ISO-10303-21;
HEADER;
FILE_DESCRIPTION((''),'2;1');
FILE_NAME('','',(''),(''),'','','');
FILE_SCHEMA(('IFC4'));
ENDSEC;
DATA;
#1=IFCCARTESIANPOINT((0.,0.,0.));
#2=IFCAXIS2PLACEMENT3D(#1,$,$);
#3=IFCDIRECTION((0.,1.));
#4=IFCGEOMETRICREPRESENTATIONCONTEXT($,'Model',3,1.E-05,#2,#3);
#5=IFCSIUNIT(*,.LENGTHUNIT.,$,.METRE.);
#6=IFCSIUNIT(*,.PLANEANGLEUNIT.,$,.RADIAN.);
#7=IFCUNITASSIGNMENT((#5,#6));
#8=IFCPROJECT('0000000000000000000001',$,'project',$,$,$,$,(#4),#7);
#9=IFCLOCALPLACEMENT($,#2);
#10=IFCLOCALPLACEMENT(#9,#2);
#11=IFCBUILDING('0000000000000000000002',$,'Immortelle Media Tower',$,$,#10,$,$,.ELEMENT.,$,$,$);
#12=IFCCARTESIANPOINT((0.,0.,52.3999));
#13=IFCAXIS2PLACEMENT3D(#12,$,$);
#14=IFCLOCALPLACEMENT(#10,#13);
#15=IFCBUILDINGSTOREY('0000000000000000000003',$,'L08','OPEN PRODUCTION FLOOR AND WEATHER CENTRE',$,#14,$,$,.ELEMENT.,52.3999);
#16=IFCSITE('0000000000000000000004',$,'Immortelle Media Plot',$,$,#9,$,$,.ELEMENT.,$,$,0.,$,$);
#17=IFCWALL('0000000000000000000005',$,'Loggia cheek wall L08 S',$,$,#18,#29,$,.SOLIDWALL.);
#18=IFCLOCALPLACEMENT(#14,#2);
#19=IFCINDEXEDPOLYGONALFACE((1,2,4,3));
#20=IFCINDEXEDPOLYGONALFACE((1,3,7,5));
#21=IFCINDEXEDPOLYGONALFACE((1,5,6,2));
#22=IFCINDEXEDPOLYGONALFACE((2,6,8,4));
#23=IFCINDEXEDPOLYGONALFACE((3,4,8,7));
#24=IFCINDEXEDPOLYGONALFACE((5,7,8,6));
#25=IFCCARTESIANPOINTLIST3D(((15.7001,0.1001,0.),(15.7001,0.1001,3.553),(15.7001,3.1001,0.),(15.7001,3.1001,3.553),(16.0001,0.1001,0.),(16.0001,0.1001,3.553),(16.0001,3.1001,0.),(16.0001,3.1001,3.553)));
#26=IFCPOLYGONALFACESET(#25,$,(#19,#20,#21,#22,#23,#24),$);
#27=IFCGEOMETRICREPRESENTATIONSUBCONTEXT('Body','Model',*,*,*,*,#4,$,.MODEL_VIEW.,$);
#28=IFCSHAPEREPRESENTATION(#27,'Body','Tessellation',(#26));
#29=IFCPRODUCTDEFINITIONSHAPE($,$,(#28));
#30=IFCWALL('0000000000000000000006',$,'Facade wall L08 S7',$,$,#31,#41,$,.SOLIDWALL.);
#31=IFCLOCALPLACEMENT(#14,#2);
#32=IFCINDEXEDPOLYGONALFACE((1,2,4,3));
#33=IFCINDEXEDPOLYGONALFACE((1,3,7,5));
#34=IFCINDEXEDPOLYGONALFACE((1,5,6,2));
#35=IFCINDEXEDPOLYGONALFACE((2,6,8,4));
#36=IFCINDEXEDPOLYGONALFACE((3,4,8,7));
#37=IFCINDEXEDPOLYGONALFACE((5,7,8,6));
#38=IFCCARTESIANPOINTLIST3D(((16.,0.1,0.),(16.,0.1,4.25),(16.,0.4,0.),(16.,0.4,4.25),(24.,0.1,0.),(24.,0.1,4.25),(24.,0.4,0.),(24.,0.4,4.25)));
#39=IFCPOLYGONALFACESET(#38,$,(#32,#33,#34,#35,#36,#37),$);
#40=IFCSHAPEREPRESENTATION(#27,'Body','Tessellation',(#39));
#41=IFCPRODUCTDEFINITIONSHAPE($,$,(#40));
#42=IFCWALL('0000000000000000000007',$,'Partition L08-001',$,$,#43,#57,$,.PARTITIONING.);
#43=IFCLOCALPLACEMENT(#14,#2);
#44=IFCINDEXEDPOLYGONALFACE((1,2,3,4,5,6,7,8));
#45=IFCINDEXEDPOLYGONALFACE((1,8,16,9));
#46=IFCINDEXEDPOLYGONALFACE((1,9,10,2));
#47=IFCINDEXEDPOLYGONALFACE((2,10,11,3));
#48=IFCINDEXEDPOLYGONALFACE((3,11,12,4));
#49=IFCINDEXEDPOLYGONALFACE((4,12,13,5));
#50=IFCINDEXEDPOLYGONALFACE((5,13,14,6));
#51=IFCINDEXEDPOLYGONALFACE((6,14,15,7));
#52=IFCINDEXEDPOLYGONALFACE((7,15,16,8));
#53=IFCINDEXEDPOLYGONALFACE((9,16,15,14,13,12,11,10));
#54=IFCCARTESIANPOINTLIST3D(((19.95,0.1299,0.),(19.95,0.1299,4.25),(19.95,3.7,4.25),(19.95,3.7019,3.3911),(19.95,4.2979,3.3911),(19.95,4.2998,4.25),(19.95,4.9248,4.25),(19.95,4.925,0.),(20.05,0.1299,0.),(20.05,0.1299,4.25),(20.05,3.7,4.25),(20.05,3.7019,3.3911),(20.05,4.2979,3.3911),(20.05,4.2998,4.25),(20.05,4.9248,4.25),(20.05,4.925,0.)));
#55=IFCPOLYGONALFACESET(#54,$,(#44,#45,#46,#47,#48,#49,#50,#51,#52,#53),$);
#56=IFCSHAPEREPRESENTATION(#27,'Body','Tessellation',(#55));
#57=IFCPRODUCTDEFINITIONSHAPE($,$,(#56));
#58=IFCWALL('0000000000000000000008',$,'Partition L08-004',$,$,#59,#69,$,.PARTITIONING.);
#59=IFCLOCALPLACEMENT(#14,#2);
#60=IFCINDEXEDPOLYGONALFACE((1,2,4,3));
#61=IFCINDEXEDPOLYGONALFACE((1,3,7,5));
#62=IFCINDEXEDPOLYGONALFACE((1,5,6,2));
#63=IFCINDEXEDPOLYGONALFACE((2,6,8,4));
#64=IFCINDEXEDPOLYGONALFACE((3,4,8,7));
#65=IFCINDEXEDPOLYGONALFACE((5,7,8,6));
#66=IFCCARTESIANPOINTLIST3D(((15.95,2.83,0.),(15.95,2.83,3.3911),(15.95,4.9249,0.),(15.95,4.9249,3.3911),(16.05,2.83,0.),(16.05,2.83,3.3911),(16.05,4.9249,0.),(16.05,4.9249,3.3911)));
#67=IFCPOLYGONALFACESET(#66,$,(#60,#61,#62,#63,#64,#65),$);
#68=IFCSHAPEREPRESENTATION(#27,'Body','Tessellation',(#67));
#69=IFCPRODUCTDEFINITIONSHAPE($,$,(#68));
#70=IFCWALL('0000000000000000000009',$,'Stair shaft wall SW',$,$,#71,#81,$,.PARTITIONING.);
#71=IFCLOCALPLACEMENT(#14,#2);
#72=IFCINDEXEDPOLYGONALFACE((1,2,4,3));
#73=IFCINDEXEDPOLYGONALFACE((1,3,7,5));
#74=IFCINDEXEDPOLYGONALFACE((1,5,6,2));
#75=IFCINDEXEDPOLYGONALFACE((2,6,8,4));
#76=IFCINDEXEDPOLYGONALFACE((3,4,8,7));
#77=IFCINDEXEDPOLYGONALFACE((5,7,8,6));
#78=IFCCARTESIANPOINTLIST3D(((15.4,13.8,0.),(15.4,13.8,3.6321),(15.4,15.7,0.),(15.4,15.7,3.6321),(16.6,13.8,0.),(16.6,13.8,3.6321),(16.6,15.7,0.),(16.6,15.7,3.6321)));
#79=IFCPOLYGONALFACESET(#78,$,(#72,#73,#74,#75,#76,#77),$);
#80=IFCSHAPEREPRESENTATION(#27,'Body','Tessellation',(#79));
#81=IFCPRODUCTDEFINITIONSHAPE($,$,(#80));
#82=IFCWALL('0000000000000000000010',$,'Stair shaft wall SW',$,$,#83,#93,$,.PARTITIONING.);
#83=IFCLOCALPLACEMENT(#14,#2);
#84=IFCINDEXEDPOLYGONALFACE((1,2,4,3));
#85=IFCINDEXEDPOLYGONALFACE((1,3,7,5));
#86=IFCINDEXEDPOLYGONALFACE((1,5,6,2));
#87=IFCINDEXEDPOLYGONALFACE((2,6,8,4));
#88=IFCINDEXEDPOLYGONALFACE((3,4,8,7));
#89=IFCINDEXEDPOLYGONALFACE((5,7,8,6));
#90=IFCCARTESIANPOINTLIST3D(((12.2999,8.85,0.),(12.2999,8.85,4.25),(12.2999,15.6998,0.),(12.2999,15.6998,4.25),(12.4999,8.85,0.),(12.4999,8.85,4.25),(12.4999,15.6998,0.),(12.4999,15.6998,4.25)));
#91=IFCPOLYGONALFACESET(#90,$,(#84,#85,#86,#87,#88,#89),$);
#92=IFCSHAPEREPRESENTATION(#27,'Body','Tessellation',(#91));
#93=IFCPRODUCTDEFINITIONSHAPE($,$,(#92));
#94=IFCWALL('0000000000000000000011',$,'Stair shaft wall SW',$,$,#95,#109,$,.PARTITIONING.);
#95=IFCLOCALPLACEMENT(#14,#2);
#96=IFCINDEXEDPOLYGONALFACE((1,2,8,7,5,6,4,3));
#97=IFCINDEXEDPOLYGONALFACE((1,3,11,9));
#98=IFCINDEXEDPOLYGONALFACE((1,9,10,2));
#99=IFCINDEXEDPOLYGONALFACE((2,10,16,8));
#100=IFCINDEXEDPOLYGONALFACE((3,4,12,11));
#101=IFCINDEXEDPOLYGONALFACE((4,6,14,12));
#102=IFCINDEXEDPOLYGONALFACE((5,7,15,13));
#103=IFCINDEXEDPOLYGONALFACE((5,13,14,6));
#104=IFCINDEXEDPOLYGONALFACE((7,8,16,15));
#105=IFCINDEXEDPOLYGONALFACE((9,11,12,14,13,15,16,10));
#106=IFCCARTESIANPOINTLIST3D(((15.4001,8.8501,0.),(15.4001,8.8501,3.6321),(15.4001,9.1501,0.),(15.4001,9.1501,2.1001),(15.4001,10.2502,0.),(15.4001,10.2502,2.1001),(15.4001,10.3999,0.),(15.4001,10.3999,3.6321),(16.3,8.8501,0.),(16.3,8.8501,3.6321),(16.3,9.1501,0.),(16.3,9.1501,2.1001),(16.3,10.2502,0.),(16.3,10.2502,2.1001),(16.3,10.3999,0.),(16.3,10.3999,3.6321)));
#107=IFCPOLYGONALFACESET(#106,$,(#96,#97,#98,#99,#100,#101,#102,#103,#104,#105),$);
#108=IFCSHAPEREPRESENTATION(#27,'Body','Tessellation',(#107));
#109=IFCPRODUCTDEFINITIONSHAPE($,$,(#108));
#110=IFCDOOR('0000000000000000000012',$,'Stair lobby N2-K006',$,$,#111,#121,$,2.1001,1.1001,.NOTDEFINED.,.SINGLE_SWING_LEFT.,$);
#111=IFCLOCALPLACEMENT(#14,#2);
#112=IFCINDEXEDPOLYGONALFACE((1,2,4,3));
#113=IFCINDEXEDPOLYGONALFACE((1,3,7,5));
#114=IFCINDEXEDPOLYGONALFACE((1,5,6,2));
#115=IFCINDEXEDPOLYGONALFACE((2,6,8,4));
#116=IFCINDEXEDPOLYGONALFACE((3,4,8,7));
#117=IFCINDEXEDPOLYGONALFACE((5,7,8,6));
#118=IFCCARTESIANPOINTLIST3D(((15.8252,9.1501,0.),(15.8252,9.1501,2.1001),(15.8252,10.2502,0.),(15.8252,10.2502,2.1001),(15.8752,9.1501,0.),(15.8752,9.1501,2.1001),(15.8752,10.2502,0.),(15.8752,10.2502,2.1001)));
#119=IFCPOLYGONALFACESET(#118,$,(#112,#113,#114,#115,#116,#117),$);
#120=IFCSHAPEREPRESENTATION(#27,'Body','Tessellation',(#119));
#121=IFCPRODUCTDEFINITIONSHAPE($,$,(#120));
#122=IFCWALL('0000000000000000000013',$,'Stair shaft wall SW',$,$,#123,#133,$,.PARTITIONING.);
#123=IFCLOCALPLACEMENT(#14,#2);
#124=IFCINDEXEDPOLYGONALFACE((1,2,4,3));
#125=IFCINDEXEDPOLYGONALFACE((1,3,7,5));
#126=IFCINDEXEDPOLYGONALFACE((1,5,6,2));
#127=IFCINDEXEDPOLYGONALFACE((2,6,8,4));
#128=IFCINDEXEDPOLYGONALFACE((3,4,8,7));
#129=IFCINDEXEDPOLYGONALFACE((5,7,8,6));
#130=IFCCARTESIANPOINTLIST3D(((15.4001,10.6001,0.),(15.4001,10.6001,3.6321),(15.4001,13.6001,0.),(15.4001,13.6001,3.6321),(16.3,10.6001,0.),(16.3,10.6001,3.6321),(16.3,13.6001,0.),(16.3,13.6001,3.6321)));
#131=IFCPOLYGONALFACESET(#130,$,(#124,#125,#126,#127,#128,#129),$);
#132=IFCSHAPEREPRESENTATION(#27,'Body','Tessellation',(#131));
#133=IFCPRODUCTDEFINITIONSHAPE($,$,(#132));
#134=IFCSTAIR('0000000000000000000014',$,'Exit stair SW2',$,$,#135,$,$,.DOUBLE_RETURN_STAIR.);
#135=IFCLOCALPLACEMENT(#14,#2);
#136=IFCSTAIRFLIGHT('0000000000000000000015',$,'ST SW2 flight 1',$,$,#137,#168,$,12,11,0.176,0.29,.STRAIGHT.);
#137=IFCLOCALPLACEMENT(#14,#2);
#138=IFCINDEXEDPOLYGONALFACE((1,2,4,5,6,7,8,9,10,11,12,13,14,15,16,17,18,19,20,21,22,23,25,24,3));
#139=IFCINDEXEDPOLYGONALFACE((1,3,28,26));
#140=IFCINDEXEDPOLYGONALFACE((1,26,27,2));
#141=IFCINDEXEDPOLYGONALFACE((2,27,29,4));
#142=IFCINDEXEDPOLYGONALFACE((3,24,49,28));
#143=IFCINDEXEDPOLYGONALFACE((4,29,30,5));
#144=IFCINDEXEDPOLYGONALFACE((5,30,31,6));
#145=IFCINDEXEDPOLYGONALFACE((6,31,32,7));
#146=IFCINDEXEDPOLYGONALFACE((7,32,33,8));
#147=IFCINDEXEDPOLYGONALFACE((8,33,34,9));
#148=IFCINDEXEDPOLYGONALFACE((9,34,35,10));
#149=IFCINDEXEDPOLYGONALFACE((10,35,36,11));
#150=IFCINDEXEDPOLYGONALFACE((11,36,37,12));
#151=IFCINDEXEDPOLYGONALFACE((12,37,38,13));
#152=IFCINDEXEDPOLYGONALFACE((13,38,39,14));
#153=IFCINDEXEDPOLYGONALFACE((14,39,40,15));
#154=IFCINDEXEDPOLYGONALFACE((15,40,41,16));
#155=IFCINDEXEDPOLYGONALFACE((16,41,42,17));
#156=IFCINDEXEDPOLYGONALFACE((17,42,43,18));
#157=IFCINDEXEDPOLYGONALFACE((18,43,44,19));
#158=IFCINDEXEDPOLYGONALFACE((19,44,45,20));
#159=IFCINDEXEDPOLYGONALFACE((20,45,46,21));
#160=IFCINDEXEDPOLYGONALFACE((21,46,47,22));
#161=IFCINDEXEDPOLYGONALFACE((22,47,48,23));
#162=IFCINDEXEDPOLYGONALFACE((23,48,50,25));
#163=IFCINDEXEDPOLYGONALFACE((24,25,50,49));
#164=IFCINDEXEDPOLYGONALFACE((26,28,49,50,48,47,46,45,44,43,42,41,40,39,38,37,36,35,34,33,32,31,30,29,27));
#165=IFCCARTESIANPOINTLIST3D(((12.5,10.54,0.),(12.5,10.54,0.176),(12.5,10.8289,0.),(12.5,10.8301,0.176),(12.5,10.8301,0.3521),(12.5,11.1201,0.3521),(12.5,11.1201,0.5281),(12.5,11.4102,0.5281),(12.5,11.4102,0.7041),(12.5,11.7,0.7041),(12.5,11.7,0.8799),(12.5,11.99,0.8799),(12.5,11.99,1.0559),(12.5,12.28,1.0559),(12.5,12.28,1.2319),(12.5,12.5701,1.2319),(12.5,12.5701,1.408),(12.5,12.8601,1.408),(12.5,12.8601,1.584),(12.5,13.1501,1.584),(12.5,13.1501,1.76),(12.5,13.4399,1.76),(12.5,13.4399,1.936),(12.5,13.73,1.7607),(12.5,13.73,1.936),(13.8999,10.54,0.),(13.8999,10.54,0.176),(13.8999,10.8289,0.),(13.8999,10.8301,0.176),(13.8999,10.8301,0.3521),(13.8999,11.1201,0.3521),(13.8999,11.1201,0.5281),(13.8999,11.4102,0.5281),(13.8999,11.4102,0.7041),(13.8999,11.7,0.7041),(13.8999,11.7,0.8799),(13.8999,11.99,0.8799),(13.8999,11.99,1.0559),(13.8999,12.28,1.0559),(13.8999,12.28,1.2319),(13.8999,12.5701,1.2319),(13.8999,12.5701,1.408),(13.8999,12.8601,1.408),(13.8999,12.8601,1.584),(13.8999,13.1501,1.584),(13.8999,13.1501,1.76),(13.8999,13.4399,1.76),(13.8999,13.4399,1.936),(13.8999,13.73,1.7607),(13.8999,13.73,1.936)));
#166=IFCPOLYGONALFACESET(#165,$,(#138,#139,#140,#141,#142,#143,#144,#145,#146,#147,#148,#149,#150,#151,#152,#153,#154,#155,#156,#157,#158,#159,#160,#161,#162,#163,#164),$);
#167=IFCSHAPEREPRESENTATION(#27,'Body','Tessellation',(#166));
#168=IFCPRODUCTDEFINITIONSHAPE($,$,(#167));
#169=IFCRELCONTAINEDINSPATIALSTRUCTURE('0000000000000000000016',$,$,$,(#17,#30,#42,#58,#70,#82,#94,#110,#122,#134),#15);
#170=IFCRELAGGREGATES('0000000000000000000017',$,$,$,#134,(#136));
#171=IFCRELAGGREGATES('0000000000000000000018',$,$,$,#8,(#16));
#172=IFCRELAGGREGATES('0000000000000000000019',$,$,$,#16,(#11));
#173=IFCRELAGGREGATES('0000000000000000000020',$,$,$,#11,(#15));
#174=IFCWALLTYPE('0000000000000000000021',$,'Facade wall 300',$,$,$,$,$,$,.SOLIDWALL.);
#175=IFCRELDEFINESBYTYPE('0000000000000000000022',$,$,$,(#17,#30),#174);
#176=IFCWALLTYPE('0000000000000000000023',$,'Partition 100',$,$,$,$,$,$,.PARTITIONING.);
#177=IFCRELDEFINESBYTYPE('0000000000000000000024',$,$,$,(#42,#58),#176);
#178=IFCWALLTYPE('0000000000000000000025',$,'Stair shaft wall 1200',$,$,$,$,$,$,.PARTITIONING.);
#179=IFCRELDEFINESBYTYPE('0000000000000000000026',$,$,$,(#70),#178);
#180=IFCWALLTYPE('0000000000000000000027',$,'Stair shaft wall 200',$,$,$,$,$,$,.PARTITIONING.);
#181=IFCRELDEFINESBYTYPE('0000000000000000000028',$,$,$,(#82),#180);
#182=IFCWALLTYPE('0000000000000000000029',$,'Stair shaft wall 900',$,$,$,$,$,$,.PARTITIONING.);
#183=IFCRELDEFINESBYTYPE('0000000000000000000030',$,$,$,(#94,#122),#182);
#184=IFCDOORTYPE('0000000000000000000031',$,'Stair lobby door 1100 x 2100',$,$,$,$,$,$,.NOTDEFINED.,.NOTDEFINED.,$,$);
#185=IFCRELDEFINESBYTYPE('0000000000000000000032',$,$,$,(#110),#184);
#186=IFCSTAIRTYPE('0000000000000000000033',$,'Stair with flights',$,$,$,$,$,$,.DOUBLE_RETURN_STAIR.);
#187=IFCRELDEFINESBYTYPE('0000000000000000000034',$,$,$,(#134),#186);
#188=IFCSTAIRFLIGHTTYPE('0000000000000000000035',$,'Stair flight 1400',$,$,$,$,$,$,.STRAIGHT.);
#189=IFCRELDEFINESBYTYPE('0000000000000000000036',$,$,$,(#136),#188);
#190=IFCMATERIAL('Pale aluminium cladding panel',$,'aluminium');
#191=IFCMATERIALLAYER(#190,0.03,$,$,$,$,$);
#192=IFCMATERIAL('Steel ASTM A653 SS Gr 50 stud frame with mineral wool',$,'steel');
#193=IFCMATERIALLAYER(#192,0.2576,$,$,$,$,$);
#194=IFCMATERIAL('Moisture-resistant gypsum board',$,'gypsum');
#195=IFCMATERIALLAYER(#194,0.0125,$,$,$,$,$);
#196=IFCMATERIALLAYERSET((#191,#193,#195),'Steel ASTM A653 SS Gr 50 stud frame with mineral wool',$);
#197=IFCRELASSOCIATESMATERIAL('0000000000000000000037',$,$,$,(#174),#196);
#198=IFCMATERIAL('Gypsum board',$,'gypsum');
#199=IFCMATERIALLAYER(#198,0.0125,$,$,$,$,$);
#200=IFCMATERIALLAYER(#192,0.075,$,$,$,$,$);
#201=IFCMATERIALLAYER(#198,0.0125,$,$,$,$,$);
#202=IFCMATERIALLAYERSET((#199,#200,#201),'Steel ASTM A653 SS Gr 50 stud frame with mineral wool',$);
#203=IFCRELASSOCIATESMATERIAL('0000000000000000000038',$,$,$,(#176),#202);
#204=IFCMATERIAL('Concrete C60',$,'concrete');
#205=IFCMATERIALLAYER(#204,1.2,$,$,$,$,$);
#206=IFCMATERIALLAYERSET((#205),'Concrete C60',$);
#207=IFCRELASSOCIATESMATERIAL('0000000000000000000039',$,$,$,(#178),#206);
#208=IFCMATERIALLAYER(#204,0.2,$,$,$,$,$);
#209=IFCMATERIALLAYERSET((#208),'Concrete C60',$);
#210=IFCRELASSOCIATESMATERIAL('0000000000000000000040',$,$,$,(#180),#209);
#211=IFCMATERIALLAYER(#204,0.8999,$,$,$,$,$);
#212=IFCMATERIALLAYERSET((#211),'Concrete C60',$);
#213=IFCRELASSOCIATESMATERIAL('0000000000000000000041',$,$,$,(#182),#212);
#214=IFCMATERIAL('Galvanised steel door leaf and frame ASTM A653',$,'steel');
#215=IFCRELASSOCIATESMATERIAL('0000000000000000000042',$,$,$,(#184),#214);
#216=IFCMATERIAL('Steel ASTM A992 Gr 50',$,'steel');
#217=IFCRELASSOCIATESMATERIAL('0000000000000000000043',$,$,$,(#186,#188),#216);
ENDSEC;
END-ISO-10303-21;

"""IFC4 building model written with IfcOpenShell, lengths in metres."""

from ifc_helpers import new_model, si_unit, direction, frame, frame_2d, origin, place, context, subcontext, project, spatial, polyline, rectangle, outline, extrude, material, layer, layer_set, type_object, element, fill, aggregate, save


model = new_model("IFC4")

# Units and contexts
model_context = context("Model", 3, precision=1e-05, world=origin(), true_north=direction((0.0, 1.0)))
body_context = subcontext(model_context, "Body", "Model", "MODEL_VIEW")
ifc_project = project(units=[si_unit("LENGTHUNIT", "METRE"), si_unit("PLANEANGLEUNIT", "RADIAN")], contexts=[model_context])

# Site, building, storey
site_placement = place(None, origin())
site = spatial("IfcSite", under=ifc_project, at=site_placement, Name="Immortelle Media Plot", CompositionType="ELEMENT", RefElevation=0.0)
building_placement = place(site_placement, origin())
building = spatial("IfcBuilding", under=site, at=building_placement, Name="Immortelle Media Tower", CompositionType="ELEMENT")
storey_placement = place(building_placement, frame((0.0, 0.0, 52.3999)))
storey = spatial("IfcBuildingStorey", under=building, at=storey_placement, Name="L08", Description="OPEN PRODUCTION FLOOR AND WEATHER CENTRE", CompositionType="ELEMENT", Elevation=52.3999)

# Shared definitions
ifc_material_1 = material(Name="Steel ASTM A992 Gr 50", Category="steel")

# Shared definitions
ifc_material_2 = material(Name="Steel ASTM A653 SS Gr 50 stud frame with mineral wool", Category="steel")

# Walls
ifc_material_3 = material(Name="Pale aluminium cladding panel", Category="aluminium")
ifc_layer_1 = layer(ifc_material_3, 0.03)
ifc_layer_2 = layer(ifc_material_2, 0.2576)
ifc_material_4 = material(Name="Moisture-resistant gypsum board", Category="gypsum")
ifc_layer_3 = layer(ifc_material_4, 0.0125)
ifc_layer_set_1 = layer_set([ifc_layer_1, ifc_layer_2, ifc_layer_3], Name="Steel ASTM A653 SS Gr 50 stud frame with mineral wool")
wall_type_1 = type_object("IfcWallType", Name="Facade wall 300", PredefinedType="SOLIDWALL", material=ifc_layer_set_1)
wall_1_placement = place(storey_placement, frame((15.8501, 0.1001, 0.0), z_axis=(0.0, 0.0, 1.0), x_axis=(0.0, 1.0, 0.0)))
element("IfcWall", 1, at=wall_1_placement, inside=storey, type_object=wall_type_1, Name="Loggia cheek wall L08 S", PredefinedType="SOLIDWALL", context=body_context, shape_type="SweptSolid", body=[
    extrude(rectangle(XDim=3.0, YDim=0.3, at=frame_2d((1.5, 0.0))), origin(), (0.0, 0.0, 1.0), 3.553),
])
wall_2_placement = place(storey_placement, frame((16.0, 0.25, 0.0), z_axis=(0.0, 0.0, 1.0), x_axis=(1.0, 0.0, 0.0)))
element("IfcWall", 2, at=wall_2_placement, inside=storey, type_object=wall_type_1, Name="Facade wall L08 S7", PredefinedType="SOLIDWALL", context=body_context, shape_type="SweptSolid", body=[
    extrude(rectangle(XDim=8.0, YDim=0.3, at=frame_2d((4.0, 0.0))), origin(), (0.0, 0.0, 1.0), 4.25),
])
ifc_material_5 = material(Name="Gypsum board", Category="gypsum")
ifc_layer_4 = layer(ifc_material_5, 0.0125)
ifc_layer_5 = layer(ifc_material_2, 0.075)
ifc_layer_6 = layer(ifc_material_5, 0.0125)
ifc_layer_set_2 = layer_set([ifc_layer_4, ifc_layer_5, ifc_layer_6], Name="Steel ASTM A653 SS Gr 50 stud frame with mineral wool")
wall_type_2 = type_object("IfcWallType", Name="Partition 100", PredefinedType="PARTITIONING", material=ifc_layer_set_2)
wall_3_placement = place(storey_placement, frame((20.0, 0.1299, 0.0), z_axis=(0.0, 0.0, 1.0), x_axis=(0.0, 1.0, 0.0)))
element("IfcWall", 3, at=wall_3_placement, inside=storey, type_object=wall_type_2, Name="Partition L08-001", PredefinedType="PARTITIONING", context=body_context, shape_type="SweptSolid", body=[
    extrude(outline(polyline([(0.0, 0.0), (4.7952, 0.0), (4.7949, 4.25), (4.1699, 4.25), (4.168, 3.3911), (3.572, 3.3911), (3.5701, 4.25), (0.0, 4.25), (0.0, 0.0)])), frame((0.0, 0.05, 0.0), z_axis=(0.0, -1.0, 0.0), x_axis=(1.0, 0.0, 0.0)), (0.0, 0.0, 1.0), 0.1001),
])
wall_4_placement = place(storey_placement, frame((16.0, 2.8301, 0.0), z_axis=(0.0, 0.0, 1.0), x_axis=(0.0, 1.0, 0.0)))
element("IfcWall", 4, at=wall_4_placement, inside=storey, type_object=wall_type_2, Name="Partition L08-004", PredefinedType="PARTITIONING", context=body_context, shape_type="SweptSolid", body=[
    extrude(rectangle(XDim=2.095, YDim=0.1001, at=frame_2d((1.0474, 0.0))), origin(), (0.0, 0.0, 1.0), 3.3911),
])
ifc_material_6 = material(Name="Concrete C60", Category="concrete")
ifc_layer_7 = layer(ifc_material_6, 1.2)
ifc_layer_set_3 = layer_set([ifc_layer_7], Name="Concrete C60")
wall_type_3 = type_object("IfcWallType", Name="Stair shaft wall 1200", PredefinedType="PARTITIONING", material=ifc_layer_set_3)
wall_5_placement = place(storey_placement, frame((16.0, 13.8, 0.0), z_axis=(0.0, 0.0, 1.0), x_axis=(0.0, 1.0, 0.0)))
element("IfcWall", 5, at=wall_5_placement, inside=storey, type_object=wall_type_3, Name="Stair shaft wall SW", PredefinedType="PARTITIONING", context=body_context, shape_type="SweptSolid", body=[
    extrude(rectangle(XDim=1.8999, YDim=1.2, at=frame_2d((0.95, 0.0))), origin(), (0.0, 0.0, 1.0), 3.6321),
])
ifc_layer_8 = layer(ifc_material_6, 0.2)
ifc_layer_set_4 = layer_set([ifc_layer_8], Name="Concrete C60")
wall_type_4 = type_object("IfcWallType", Name="Stair shaft wall 200", PredefinedType="PARTITIONING", material=ifc_layer_set_4)
wall_6_placement = place(storey_placement, frame((12.3999, 8.8501, 0.0), z_axis=(0.0, 0.0, 1.0), x_axis=(0.0, 1.0, 0.0)))
element("IfcWall", 6, at=wall_6_placement, inside=storey, type_object=wall_type_4, Name="Stair shaft wall SW", PredefinedType="PARTITIONING", context=body_context, shape_type="SweptSolid", body=[
    extrude(rectangle(XDim=6.8499, YDim=0.2, at=frame_2d((3.4248, 0.0))), origin(), (0.0, 0.0, 1.0), 4.25),
])

# Wall, opening, door
ifc_layer_9 = layer(ifc_material_6, 0.8999)
ifc_layer_set_5 = layer_set([ifc_layer_9], Name="Concrete C60")
wall_type_5 = type_object("IfcWallType", Name="Stair shaft wall 900", PredefinedType="PARTITIONING", material=ifc_layer_set_5)
wall_7_placement = place(storey_placement, frame((15.8501, 8.8501, 0.0), z_axis=(0.0, 0.0, 1.0), x_axis=(0.0, 1.0, 0.0)))
wall_7 = element("IfcWall", 7, at=wall_7_placement, inside=storey, type_object=wall_type_5, Name="Stair shaft wall SW", PredefinedType="PARTITIONING", context=body_context, shape_type="SweptSolid", body=[
    extrude(rectangle(XDim=1.5498, YDim=0.8999, at=frame_2d((0.7749, 0.0))), origin(), (0.0, 0.0, 1.0), 3.6321),
])
opening_1_placement = place(wall_7_placement, frame((0.3, 0.0, 0.0)))
opening_1 = element("IfcOpeningElement", 8, at=opening_1_placement, cuts=wall_7, PredefinedType="OPENING", context=body_context, shape_type="SweptSolid", body=[
    extrude(rectangle(XDim=1.1001, YDim=2.1001, at=frame_2d((0.55, 1.05))), frame((0.0, 0.46, 0.0), z_axis=(0.0, -1.0, 0.0), x_axis=(1.0, 0.0, 0.0)), (0.0, 0.0, 1.0), 0.9199),
])
ifc_material_7 = material(Name="Galvanised steel door leaf and frame ASTM A653", Category="steel")
door_type_1 = type_object("IfcDoorType", Name="Stair lobby door 1100 x 2100", OperationType="NOTDEFINED", PredefinedType="NOTDEFINED", material=ifc_material_7)
door_1_placement = place(opening_1_placement, origin())
door_1 = element("IfcDoor", 9, at=door_1_placement, inside=storey, type_object=door_type_1, Name="Stair lobby N2-K006", OperationType="SINGLE_SWING_LEFT", OverallHeight=2.1001, OverallWidth=1.1001, PredefinedType="NOTDEFINED", context=body_context, shape_type="SweptSolid", body=[
    extrude(rectangle(XDim=1.1001, YDim=2.1001, at=frame_2d((0.55, 1.05))), frame((0.0, 0.0249, 0.0), z_axis=(0.0, -1.0, 0.0), x_axis=(1.0, 0.0, 0.0)), (0.0, 0.0, 1.0), 0.05),
])
fill(opening_1, door_1)

# Wall
wall_8_placement = place(storey_placement, frame((15.8501, 10.6001, 0.0), z_axis=(0.0, 0.0, 1.0), x_axis=(0.0, 1.0, 0.0)))
element("IfcWall", 10, at=wall_8_placement, inside=storey, type_object=wall_type_5, Name="Stair shaft wall SW", PredefinedType="PARTITIONING", context=body_context, shape_type="SweptSolid", body=[
    extrude(rectangle(XDim=3.0, YDim=0.8999, at=frame_2d((1.5, 0.0))), origin(), (0.0, 0.0, 1.0), 3.6321),
])

# Stair, stair flight
stair_type = type_object("IfcStairType", Name="Stair with flights", PredefinedType="DOUBLE_RETURN_STAIR", material=ifc_material_1)
stair_placement = place(storey_placement, origin())
stair = element("IfcStair", 11, at=stair_placement, inside=storey, type_object=stair_type, Name="Exit stair SW2", PredefinedType="DOUBLE_RETURN_STAIR")
stair_flight_type = type_object("IfcStairFlightType", Name="Stair flight 1400", PredefinedType="STRAIGHT", material=ifc_material_1)
stair_flight_1_placement = place(storey_placement, frame((13.2, 10.54, 0.0), z_axis=(0.0, 0.0, 1.0), x_axis=(0.0, 1.0, 0.0)))
stair_flight_1 = element("IfcStairFlight", 12, at=stair_flight_1_placement, type_object=stair_flight_type, Name="ST SW2 flight 1", NumberOfRisers=12, NumberOfTreads=11, PredefinedType="STRAIGHT", RiserHeight=0.176, TreadLength=0.29, context=body_context, shape_type="SweptSolid", body=[
    extrude(outline(polyline([(0.0, 0.0), (0.0, 0.176), (0.29, 0.176), (0.29, 0.3521), (0.5801, 0.3521), (0.5801, 0.5281), (0.8701, 0.5281), (0.8701, 0.7041), (1.1599, 0.7041), (1.1599, 0.8799), (1.45, 0.8799), (1.45, 1.0559), (1.74, 1.0559), (1.74, 1.2319), (2.03, 1.2319), (2.03, 1.408), (2.3201, 1.408), (2.3201, 1.584), (2.6101, 1.584), (2.6101, 1.76), (2.8999, 1.76), (2.8999, 1.936), (3.1899, 1.936), (3.1899, 2.1121), (3.1899, 1.7607), (0.2888, 0.0), (0.0, 0.0)])), frame((0.0, 0.7, 0.0), z_axis=(0.0, -1.0, 0.0), x_axis=(1.0, 0.0, 0.0)), (0.0, 0.0, 1.0), 1.3999),
])
aggregate(stair, [stair_flight_1])

save(model, "model.ifc")
